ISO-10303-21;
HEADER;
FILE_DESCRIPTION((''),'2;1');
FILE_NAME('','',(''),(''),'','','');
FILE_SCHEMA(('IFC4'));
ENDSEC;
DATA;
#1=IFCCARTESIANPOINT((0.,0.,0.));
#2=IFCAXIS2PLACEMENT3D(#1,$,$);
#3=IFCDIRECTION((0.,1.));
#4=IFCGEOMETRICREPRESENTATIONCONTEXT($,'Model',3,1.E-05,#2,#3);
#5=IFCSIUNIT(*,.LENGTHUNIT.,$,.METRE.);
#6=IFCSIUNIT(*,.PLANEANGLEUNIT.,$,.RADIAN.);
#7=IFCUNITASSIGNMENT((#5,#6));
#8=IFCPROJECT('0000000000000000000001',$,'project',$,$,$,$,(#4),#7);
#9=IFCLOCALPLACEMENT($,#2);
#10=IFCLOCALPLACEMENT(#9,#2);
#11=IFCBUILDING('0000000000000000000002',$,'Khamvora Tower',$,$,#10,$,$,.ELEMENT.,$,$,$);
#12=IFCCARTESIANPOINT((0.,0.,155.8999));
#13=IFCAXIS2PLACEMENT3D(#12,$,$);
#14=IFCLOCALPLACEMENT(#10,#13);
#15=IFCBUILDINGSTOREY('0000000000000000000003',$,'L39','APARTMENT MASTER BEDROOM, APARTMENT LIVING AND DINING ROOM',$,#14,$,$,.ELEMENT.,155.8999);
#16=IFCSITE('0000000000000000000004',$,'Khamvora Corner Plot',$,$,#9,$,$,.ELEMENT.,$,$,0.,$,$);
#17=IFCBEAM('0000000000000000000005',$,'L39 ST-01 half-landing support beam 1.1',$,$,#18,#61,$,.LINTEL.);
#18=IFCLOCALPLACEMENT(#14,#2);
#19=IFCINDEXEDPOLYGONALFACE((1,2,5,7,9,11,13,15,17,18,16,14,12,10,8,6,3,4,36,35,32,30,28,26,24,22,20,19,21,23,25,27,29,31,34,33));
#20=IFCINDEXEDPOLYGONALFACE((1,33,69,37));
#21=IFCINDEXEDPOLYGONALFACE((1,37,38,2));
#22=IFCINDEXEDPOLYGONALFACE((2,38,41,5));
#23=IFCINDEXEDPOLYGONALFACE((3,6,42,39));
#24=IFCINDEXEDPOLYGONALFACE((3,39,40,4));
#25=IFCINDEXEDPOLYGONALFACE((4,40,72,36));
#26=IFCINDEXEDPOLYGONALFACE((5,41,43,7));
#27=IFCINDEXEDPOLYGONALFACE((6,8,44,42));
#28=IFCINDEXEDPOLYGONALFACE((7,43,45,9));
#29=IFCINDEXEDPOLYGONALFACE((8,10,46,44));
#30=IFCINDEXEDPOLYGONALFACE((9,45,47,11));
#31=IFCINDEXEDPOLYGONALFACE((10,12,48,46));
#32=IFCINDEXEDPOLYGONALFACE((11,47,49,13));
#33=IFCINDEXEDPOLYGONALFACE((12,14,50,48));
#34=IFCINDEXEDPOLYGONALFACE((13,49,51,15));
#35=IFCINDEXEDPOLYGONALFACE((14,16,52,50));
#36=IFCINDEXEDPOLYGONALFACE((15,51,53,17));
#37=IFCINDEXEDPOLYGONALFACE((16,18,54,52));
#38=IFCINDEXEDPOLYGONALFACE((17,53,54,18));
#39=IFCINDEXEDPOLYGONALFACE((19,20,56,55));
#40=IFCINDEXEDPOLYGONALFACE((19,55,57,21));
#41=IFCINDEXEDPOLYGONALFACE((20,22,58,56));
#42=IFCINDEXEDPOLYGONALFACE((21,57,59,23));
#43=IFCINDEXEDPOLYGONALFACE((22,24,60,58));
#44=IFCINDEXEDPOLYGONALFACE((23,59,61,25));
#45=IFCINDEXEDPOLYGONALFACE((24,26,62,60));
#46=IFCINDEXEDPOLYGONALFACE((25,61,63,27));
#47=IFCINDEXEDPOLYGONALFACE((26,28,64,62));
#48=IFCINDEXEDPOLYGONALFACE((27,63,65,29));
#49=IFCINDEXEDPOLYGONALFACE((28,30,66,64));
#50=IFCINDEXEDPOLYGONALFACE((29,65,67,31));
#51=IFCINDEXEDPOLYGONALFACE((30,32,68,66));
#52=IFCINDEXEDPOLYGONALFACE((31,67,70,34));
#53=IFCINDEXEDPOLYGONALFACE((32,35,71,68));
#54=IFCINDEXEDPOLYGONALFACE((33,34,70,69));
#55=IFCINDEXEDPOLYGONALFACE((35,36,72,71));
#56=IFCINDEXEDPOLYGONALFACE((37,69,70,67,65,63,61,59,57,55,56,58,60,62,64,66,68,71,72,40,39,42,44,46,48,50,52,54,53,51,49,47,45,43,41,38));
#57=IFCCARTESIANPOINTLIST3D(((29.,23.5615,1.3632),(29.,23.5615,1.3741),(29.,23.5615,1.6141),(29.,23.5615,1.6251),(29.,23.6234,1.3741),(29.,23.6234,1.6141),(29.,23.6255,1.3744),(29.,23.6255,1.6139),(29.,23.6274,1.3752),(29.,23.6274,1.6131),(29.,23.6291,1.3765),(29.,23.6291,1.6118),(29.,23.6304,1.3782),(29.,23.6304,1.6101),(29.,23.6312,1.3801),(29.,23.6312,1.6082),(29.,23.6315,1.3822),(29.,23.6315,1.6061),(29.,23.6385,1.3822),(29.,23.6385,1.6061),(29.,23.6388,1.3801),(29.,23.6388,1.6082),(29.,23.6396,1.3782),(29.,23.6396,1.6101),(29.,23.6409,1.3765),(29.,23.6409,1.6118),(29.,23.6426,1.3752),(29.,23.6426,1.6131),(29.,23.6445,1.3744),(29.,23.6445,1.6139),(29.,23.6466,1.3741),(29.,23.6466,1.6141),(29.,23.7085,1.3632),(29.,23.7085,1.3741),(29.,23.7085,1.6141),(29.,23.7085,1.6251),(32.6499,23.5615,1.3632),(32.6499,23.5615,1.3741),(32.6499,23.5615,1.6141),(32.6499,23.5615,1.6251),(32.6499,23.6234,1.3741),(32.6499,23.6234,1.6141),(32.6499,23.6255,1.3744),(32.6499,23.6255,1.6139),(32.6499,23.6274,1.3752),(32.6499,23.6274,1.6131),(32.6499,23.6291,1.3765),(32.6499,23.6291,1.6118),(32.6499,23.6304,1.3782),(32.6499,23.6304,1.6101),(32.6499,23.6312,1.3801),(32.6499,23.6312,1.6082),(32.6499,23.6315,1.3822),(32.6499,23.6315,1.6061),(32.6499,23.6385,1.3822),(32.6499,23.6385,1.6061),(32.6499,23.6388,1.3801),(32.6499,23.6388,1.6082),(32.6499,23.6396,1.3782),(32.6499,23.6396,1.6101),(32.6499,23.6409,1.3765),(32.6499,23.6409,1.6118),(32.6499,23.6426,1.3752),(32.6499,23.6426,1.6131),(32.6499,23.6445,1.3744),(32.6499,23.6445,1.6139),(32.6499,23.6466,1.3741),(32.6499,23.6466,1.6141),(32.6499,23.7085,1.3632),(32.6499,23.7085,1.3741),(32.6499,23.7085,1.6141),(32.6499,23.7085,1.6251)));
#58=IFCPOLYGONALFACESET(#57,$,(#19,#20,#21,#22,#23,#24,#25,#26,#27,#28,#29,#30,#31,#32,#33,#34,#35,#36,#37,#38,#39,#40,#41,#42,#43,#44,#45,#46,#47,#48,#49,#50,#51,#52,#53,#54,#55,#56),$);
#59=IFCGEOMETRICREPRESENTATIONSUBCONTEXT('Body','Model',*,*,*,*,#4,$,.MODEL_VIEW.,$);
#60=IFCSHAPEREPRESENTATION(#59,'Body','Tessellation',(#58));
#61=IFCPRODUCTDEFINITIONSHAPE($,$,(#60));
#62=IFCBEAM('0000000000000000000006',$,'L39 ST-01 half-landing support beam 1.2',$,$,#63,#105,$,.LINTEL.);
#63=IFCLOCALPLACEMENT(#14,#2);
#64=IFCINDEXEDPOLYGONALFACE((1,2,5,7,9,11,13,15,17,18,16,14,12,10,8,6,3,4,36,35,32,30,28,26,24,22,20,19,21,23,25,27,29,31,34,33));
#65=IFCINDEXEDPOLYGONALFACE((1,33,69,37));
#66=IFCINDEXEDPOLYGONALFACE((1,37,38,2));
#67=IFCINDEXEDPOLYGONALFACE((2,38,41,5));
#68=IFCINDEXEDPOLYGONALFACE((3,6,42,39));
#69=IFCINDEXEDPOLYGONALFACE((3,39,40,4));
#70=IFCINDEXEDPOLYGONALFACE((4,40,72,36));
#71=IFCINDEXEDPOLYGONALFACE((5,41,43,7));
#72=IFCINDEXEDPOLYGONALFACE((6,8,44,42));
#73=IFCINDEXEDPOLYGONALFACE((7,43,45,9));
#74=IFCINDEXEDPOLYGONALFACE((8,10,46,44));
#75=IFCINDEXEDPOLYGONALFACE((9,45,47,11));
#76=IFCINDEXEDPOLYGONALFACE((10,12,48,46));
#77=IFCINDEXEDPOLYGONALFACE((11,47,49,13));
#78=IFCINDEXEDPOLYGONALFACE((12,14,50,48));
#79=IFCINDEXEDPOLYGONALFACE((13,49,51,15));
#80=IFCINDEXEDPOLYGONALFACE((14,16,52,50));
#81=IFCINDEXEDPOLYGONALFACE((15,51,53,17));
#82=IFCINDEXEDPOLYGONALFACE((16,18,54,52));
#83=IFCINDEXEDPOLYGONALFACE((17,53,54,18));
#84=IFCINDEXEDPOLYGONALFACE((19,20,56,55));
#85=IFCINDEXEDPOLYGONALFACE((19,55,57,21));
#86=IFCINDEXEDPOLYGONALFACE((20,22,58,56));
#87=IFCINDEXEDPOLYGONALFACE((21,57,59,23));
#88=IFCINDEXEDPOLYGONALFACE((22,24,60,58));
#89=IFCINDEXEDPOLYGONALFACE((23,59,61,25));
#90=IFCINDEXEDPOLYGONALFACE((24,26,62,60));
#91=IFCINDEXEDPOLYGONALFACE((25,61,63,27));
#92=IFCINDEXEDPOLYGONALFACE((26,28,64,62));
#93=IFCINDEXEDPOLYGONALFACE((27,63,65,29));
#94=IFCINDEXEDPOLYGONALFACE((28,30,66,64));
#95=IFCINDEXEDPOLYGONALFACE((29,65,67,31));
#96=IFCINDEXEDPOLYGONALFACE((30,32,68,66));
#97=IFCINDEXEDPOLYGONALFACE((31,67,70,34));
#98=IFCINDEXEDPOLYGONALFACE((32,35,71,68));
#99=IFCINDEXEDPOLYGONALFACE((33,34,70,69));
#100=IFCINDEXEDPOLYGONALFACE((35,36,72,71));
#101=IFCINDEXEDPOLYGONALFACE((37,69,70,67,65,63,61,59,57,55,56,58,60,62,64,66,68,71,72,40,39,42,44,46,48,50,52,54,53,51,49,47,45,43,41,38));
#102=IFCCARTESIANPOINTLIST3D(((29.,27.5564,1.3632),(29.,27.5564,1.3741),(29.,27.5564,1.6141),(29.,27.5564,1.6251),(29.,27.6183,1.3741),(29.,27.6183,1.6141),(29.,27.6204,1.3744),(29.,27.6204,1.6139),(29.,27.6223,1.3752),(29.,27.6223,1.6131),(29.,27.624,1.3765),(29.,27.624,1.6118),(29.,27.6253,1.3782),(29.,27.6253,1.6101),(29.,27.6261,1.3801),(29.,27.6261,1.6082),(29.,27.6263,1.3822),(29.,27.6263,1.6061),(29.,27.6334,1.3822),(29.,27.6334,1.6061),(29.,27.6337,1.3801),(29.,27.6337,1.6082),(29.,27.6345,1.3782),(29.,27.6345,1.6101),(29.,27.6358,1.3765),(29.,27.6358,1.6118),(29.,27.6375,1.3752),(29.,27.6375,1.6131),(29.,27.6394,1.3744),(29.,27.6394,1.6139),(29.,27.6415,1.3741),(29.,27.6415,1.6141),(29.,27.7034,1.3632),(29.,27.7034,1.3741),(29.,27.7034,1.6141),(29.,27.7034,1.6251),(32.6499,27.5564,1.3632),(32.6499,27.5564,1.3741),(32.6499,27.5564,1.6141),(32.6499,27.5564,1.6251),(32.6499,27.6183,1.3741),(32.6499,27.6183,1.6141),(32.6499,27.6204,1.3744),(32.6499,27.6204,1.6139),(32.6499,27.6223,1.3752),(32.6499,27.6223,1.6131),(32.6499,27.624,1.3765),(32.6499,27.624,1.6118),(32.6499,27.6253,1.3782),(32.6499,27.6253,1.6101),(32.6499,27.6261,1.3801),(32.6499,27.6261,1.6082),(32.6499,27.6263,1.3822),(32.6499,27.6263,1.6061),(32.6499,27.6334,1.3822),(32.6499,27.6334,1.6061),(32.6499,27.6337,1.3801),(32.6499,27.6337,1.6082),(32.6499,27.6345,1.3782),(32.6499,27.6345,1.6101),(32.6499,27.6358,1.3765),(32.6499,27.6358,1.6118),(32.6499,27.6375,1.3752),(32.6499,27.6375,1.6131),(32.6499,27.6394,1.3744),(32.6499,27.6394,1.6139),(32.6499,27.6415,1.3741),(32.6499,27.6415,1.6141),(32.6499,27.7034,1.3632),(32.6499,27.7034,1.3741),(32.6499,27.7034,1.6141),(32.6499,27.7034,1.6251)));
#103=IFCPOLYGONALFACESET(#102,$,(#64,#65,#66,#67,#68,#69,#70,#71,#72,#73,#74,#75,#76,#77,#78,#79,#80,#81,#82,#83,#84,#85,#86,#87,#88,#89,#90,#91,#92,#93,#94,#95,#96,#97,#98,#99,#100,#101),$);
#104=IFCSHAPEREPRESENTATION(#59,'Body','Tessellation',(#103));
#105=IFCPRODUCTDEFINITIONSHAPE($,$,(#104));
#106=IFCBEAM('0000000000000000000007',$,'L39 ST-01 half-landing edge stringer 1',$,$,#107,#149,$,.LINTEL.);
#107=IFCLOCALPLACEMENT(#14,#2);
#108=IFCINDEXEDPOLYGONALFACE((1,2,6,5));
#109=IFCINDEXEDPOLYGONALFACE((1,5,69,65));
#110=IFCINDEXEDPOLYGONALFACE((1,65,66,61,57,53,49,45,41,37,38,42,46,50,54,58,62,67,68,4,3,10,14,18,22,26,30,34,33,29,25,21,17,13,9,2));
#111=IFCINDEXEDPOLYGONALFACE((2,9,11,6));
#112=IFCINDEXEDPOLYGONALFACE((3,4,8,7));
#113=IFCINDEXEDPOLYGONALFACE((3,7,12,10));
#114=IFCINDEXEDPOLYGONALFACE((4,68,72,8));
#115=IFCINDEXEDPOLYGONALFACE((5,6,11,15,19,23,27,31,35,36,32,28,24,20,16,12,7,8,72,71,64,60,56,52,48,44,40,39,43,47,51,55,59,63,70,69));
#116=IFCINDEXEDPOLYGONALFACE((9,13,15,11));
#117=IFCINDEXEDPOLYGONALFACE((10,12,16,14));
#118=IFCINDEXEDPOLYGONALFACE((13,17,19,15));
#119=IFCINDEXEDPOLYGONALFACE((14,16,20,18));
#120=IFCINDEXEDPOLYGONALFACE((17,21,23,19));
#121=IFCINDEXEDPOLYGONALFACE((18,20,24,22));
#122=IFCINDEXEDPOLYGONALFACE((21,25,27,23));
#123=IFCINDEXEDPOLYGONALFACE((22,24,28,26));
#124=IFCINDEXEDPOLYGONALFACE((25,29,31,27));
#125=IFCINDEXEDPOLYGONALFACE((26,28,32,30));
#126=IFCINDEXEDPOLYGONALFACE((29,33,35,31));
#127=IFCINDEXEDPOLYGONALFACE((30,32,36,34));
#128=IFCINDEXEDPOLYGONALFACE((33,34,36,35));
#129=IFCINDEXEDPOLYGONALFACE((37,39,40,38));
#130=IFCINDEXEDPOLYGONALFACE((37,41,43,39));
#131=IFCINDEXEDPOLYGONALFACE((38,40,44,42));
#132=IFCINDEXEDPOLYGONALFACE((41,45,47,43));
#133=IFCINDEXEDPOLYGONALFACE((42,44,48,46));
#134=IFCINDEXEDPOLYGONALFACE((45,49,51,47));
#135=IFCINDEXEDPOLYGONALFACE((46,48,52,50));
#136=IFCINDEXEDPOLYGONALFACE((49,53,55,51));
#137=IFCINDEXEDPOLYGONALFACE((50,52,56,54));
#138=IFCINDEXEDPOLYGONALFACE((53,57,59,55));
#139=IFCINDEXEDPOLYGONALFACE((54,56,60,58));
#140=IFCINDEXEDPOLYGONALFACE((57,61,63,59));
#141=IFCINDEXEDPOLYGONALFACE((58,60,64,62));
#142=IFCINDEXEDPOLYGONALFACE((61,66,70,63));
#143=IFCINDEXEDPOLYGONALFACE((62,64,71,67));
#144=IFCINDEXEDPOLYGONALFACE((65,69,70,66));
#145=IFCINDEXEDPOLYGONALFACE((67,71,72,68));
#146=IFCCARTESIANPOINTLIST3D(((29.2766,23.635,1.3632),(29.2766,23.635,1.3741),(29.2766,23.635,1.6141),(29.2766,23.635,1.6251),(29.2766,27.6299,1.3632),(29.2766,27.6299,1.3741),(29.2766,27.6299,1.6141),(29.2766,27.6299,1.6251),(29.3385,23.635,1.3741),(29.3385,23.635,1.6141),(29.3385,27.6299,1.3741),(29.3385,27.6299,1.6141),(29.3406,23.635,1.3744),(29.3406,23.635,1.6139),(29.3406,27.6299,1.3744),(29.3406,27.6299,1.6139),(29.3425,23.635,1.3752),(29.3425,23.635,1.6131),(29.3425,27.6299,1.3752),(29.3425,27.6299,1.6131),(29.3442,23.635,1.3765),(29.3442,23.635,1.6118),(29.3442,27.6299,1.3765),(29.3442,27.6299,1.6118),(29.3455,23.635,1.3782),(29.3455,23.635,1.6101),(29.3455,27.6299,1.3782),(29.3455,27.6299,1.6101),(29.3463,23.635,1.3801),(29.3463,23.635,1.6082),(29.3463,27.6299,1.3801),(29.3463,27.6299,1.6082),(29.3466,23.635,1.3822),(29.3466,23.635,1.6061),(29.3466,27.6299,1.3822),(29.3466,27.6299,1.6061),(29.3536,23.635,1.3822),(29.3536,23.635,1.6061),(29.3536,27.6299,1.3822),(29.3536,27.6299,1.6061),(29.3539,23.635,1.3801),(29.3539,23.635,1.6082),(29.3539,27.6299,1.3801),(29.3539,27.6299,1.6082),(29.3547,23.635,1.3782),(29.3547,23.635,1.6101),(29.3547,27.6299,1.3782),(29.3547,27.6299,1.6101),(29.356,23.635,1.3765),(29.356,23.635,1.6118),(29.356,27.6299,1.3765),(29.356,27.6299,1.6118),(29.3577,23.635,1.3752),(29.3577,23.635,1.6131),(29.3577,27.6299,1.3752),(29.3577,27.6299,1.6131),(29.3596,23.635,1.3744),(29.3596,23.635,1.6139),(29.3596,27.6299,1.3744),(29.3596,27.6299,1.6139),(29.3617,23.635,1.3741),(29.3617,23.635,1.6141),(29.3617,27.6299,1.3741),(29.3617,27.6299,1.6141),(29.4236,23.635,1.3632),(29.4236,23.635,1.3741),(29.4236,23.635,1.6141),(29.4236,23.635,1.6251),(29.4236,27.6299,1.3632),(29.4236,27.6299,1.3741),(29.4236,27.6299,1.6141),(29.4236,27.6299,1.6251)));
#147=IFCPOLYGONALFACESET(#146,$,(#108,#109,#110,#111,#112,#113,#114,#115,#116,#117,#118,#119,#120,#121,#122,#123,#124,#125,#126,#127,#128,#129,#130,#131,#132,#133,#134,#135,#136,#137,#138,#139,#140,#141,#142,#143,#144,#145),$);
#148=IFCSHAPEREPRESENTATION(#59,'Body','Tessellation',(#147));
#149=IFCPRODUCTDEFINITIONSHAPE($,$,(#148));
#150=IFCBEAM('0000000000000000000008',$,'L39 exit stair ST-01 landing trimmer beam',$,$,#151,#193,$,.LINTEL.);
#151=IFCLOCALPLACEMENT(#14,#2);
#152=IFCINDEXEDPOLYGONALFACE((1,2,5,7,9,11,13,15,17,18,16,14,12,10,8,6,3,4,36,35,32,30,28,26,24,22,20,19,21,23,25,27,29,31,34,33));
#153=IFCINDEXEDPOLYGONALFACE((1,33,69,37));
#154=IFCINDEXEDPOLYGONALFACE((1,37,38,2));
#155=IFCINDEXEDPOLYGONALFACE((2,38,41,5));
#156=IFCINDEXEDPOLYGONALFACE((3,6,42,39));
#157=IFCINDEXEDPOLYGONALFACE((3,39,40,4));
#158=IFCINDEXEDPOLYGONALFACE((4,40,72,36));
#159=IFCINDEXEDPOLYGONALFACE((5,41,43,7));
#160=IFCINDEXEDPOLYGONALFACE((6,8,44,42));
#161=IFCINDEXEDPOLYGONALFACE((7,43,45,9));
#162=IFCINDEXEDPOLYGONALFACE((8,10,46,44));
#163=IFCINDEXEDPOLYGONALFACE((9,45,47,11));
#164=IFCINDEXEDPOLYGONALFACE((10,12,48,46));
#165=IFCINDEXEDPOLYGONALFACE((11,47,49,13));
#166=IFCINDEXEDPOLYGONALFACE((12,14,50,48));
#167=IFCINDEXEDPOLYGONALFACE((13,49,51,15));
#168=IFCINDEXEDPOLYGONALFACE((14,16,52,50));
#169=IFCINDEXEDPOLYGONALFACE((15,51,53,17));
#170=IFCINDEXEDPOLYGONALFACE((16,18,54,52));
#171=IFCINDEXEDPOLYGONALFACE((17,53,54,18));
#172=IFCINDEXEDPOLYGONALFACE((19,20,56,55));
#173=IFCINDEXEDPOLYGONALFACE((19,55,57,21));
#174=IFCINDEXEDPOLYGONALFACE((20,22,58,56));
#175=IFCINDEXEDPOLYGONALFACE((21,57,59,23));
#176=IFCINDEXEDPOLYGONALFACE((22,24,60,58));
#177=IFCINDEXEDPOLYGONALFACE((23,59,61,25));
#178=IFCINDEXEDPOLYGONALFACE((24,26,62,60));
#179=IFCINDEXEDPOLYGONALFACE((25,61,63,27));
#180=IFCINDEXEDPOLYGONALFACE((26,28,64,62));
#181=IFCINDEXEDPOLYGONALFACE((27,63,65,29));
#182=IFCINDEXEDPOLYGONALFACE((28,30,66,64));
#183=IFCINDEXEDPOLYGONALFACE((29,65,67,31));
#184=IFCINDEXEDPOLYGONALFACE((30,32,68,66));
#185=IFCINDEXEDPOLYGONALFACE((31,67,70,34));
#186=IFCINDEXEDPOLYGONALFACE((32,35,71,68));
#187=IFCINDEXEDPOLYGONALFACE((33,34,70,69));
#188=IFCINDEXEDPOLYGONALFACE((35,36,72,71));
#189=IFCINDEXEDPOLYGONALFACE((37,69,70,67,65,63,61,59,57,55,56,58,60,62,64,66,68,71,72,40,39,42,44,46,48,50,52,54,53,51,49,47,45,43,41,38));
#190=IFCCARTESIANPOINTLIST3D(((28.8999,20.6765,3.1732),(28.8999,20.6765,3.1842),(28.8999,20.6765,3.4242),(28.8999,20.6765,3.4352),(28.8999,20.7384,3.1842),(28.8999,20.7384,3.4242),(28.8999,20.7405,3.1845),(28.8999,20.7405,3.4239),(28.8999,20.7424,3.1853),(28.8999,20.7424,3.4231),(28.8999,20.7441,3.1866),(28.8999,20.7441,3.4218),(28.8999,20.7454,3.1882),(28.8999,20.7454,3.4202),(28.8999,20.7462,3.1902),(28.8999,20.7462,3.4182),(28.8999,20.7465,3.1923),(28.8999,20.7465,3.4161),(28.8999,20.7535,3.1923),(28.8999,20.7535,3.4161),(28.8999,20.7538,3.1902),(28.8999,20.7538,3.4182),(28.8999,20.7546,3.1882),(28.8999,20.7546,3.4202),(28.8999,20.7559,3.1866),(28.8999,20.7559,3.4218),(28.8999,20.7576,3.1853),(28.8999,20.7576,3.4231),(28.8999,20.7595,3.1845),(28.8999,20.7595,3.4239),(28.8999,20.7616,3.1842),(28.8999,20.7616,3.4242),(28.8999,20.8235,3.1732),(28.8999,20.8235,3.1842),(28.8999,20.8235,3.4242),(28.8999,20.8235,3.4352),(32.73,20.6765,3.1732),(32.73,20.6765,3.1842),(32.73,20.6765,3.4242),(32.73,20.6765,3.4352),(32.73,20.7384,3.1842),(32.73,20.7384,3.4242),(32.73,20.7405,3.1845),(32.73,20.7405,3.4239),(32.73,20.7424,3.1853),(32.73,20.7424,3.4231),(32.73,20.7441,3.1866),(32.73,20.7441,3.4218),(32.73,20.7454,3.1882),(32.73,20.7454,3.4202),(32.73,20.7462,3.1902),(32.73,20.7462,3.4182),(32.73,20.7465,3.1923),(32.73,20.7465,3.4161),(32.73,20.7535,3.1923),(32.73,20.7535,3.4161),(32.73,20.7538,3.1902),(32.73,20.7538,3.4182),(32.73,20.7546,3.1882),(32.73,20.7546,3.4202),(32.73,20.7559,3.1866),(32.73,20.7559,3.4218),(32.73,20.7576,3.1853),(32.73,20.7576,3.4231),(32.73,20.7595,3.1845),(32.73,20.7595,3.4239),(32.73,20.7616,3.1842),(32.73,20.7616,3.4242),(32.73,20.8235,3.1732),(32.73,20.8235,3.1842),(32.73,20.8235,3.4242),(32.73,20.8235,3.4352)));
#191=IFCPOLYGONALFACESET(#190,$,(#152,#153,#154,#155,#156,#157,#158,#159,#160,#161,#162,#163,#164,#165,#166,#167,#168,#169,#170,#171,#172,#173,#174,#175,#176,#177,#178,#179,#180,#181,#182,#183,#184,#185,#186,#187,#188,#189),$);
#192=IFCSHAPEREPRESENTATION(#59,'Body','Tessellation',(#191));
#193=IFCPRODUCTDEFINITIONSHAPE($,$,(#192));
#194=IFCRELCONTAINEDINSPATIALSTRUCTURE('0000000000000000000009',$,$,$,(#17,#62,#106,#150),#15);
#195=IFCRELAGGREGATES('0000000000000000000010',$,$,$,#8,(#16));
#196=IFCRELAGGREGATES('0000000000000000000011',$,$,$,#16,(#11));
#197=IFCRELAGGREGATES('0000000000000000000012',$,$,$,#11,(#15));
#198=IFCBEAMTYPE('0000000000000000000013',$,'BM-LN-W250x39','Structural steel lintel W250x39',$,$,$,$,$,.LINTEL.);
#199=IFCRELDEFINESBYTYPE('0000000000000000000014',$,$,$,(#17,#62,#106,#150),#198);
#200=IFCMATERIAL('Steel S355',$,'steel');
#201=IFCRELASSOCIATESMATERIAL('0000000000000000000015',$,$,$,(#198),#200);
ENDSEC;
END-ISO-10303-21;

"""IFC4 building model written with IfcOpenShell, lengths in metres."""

from ifc_helpers import new_model, si_unit, direction, frame, origin, origin_2d, place, context, subcontext, project, spatial, i_section, extrude, material, material_profile, profile_set, type_object, element, save


model = new_model("IFC4")

# Units and contexts
model_context = context("Model", 3, precision=1e-05, world=origin(), true_north=direction((0.0, 1.0)))
body_context = subcontext(model_context, "Body", "Model", "MODEL_VIEW")
ifc_project = project(units=[si_unit("LENGTHUNIT", "METRE"), si_unit("PLANEANGLEUNIT", "RADIAN")], contexts=[model_context])

# Site, building, storey
site_placement = place(None, origin())
site = spatial("IfcSite", under=ifc_project, at=site_placement, Name="Khamvora Corner Plot", CompositionType="ELEMENT", RefElevation=0.0)
building_placement = place(site_placement, origin())
building = spatial("IfcBuilding", under=site, at=building_placement, Name="Khamvora Tower", CompositionType="ELEMENT")
storey_placement = place(building_placement, frame((0.0, 0.0, 155.8999)))
storey = spatial("IfcBuildingStorey", under=building, at=storey_placement, Name="L39", Description="APARTMENT MASTER BEDROOM, APARTMENT LIVING AND DINING ROOM", CompositionType="ELEMENT", Elevation=155.8999)

# Beams
ifc_material_1 = material(Name="Steel S355", Category="steel")
ifc_material_profile_1 = material_profile(ifc_material_1, i_section(OverallWidth=0.147, OverallDepth=0.262, WebThickness=0.0071, FlangeThickness=0.011, FilletRadius=0.0081, at=origin_2d()), Name="W250x39")
ifc_profile_set_1 = profile_set([ifc_material_profile_1], Name="Steel S355")
beam_type_1 = type_object("IfcBeamType", Name="BM-LN-W250x39", Description="Structural steel lintel W250x39", PredefinedType="LINTEL", material=ifc_profile_set_1)
for number, where, z_axis, x_axis, name in (
    (1, (29.0, 23.635, 1.4941), (1.0, 0.0, 0.0), (0.0, 1.0, 0.0), "L39 ST-01 half-landing support beam 1.1"),
    (2, (29.0, 27.6299, 1.4941), (1.0, 0.0, 0.0), (0.0, 1.0, 0.0), "L39 ST-01 half-landing support beam 1.2"),
):
    element("IfcBeam", number, at=place(storey_placement, frame(where, z_axis=z_axis, x_axis=x_axis)), inside=storey, type_object=beam_type_1, Name=name, PredefinedType="LINTEL", context=body_context, shape_type="SweptSolid", body=[
        extrude(i_section(OverallWidth=0.147, OverallDepth=0.262, WebThickness=0.0071, FlangeThickness=0.011, FilletRadius=0.0081, at=origin_2d()), origin(), (0.0, 0.0, 1.0), 3.6499),
    ])
beam_1_placement = place(storey_placement, frame((29.3501, 23.635, 1.4941), z_axis=(0.0, 1.0, 0.0), x_axis=(-1.0, 0.0, 0.0)))
element("IfcBeam", 3, at=beam_1_placement, inside=storey, type_object=beam_type_1, Name="L39 ST-01 half-landing edge stringer 1", PredefinedType="LINTEL", context=body_context, shape_type="SweptSolid", body=[
    extrude(i_section(OverallWidth=0.147, OverallDepth=0.262, WebThickness=0.0071, FlangeThickness=0.011, FilletRadius=0.0081, at=origin_2d()), origin(), (0.0, 0.0, 1.0), 3.9949),
])
beam_2_placement = place(storey_placement, frame((28.8999, 20.75, 3.3042), z_axis=(1.0, 0.0, 0.0), x_axis=(0.0, 1.0, 0.0)))
element("IfcBeam", 4, at=beam_2_placement, inside=storey, type_object=beam_type_1, Name="L39 exit stair ST-01 landing trimmer beam", PredefinedType="LINTEL", context=body_context, shape_type="SweptSolid", body=[
    extrude(i_section(OverallWidth=0.147, OverallDepth=0.262, WebThickness=0.0071, FlangeThickness=0.011, FilletRadius=0.0081, at=origin_2d()), origin(), (0.0, 0.0, 1.0), 3.8301),
])

save(model, "model.ifc")
